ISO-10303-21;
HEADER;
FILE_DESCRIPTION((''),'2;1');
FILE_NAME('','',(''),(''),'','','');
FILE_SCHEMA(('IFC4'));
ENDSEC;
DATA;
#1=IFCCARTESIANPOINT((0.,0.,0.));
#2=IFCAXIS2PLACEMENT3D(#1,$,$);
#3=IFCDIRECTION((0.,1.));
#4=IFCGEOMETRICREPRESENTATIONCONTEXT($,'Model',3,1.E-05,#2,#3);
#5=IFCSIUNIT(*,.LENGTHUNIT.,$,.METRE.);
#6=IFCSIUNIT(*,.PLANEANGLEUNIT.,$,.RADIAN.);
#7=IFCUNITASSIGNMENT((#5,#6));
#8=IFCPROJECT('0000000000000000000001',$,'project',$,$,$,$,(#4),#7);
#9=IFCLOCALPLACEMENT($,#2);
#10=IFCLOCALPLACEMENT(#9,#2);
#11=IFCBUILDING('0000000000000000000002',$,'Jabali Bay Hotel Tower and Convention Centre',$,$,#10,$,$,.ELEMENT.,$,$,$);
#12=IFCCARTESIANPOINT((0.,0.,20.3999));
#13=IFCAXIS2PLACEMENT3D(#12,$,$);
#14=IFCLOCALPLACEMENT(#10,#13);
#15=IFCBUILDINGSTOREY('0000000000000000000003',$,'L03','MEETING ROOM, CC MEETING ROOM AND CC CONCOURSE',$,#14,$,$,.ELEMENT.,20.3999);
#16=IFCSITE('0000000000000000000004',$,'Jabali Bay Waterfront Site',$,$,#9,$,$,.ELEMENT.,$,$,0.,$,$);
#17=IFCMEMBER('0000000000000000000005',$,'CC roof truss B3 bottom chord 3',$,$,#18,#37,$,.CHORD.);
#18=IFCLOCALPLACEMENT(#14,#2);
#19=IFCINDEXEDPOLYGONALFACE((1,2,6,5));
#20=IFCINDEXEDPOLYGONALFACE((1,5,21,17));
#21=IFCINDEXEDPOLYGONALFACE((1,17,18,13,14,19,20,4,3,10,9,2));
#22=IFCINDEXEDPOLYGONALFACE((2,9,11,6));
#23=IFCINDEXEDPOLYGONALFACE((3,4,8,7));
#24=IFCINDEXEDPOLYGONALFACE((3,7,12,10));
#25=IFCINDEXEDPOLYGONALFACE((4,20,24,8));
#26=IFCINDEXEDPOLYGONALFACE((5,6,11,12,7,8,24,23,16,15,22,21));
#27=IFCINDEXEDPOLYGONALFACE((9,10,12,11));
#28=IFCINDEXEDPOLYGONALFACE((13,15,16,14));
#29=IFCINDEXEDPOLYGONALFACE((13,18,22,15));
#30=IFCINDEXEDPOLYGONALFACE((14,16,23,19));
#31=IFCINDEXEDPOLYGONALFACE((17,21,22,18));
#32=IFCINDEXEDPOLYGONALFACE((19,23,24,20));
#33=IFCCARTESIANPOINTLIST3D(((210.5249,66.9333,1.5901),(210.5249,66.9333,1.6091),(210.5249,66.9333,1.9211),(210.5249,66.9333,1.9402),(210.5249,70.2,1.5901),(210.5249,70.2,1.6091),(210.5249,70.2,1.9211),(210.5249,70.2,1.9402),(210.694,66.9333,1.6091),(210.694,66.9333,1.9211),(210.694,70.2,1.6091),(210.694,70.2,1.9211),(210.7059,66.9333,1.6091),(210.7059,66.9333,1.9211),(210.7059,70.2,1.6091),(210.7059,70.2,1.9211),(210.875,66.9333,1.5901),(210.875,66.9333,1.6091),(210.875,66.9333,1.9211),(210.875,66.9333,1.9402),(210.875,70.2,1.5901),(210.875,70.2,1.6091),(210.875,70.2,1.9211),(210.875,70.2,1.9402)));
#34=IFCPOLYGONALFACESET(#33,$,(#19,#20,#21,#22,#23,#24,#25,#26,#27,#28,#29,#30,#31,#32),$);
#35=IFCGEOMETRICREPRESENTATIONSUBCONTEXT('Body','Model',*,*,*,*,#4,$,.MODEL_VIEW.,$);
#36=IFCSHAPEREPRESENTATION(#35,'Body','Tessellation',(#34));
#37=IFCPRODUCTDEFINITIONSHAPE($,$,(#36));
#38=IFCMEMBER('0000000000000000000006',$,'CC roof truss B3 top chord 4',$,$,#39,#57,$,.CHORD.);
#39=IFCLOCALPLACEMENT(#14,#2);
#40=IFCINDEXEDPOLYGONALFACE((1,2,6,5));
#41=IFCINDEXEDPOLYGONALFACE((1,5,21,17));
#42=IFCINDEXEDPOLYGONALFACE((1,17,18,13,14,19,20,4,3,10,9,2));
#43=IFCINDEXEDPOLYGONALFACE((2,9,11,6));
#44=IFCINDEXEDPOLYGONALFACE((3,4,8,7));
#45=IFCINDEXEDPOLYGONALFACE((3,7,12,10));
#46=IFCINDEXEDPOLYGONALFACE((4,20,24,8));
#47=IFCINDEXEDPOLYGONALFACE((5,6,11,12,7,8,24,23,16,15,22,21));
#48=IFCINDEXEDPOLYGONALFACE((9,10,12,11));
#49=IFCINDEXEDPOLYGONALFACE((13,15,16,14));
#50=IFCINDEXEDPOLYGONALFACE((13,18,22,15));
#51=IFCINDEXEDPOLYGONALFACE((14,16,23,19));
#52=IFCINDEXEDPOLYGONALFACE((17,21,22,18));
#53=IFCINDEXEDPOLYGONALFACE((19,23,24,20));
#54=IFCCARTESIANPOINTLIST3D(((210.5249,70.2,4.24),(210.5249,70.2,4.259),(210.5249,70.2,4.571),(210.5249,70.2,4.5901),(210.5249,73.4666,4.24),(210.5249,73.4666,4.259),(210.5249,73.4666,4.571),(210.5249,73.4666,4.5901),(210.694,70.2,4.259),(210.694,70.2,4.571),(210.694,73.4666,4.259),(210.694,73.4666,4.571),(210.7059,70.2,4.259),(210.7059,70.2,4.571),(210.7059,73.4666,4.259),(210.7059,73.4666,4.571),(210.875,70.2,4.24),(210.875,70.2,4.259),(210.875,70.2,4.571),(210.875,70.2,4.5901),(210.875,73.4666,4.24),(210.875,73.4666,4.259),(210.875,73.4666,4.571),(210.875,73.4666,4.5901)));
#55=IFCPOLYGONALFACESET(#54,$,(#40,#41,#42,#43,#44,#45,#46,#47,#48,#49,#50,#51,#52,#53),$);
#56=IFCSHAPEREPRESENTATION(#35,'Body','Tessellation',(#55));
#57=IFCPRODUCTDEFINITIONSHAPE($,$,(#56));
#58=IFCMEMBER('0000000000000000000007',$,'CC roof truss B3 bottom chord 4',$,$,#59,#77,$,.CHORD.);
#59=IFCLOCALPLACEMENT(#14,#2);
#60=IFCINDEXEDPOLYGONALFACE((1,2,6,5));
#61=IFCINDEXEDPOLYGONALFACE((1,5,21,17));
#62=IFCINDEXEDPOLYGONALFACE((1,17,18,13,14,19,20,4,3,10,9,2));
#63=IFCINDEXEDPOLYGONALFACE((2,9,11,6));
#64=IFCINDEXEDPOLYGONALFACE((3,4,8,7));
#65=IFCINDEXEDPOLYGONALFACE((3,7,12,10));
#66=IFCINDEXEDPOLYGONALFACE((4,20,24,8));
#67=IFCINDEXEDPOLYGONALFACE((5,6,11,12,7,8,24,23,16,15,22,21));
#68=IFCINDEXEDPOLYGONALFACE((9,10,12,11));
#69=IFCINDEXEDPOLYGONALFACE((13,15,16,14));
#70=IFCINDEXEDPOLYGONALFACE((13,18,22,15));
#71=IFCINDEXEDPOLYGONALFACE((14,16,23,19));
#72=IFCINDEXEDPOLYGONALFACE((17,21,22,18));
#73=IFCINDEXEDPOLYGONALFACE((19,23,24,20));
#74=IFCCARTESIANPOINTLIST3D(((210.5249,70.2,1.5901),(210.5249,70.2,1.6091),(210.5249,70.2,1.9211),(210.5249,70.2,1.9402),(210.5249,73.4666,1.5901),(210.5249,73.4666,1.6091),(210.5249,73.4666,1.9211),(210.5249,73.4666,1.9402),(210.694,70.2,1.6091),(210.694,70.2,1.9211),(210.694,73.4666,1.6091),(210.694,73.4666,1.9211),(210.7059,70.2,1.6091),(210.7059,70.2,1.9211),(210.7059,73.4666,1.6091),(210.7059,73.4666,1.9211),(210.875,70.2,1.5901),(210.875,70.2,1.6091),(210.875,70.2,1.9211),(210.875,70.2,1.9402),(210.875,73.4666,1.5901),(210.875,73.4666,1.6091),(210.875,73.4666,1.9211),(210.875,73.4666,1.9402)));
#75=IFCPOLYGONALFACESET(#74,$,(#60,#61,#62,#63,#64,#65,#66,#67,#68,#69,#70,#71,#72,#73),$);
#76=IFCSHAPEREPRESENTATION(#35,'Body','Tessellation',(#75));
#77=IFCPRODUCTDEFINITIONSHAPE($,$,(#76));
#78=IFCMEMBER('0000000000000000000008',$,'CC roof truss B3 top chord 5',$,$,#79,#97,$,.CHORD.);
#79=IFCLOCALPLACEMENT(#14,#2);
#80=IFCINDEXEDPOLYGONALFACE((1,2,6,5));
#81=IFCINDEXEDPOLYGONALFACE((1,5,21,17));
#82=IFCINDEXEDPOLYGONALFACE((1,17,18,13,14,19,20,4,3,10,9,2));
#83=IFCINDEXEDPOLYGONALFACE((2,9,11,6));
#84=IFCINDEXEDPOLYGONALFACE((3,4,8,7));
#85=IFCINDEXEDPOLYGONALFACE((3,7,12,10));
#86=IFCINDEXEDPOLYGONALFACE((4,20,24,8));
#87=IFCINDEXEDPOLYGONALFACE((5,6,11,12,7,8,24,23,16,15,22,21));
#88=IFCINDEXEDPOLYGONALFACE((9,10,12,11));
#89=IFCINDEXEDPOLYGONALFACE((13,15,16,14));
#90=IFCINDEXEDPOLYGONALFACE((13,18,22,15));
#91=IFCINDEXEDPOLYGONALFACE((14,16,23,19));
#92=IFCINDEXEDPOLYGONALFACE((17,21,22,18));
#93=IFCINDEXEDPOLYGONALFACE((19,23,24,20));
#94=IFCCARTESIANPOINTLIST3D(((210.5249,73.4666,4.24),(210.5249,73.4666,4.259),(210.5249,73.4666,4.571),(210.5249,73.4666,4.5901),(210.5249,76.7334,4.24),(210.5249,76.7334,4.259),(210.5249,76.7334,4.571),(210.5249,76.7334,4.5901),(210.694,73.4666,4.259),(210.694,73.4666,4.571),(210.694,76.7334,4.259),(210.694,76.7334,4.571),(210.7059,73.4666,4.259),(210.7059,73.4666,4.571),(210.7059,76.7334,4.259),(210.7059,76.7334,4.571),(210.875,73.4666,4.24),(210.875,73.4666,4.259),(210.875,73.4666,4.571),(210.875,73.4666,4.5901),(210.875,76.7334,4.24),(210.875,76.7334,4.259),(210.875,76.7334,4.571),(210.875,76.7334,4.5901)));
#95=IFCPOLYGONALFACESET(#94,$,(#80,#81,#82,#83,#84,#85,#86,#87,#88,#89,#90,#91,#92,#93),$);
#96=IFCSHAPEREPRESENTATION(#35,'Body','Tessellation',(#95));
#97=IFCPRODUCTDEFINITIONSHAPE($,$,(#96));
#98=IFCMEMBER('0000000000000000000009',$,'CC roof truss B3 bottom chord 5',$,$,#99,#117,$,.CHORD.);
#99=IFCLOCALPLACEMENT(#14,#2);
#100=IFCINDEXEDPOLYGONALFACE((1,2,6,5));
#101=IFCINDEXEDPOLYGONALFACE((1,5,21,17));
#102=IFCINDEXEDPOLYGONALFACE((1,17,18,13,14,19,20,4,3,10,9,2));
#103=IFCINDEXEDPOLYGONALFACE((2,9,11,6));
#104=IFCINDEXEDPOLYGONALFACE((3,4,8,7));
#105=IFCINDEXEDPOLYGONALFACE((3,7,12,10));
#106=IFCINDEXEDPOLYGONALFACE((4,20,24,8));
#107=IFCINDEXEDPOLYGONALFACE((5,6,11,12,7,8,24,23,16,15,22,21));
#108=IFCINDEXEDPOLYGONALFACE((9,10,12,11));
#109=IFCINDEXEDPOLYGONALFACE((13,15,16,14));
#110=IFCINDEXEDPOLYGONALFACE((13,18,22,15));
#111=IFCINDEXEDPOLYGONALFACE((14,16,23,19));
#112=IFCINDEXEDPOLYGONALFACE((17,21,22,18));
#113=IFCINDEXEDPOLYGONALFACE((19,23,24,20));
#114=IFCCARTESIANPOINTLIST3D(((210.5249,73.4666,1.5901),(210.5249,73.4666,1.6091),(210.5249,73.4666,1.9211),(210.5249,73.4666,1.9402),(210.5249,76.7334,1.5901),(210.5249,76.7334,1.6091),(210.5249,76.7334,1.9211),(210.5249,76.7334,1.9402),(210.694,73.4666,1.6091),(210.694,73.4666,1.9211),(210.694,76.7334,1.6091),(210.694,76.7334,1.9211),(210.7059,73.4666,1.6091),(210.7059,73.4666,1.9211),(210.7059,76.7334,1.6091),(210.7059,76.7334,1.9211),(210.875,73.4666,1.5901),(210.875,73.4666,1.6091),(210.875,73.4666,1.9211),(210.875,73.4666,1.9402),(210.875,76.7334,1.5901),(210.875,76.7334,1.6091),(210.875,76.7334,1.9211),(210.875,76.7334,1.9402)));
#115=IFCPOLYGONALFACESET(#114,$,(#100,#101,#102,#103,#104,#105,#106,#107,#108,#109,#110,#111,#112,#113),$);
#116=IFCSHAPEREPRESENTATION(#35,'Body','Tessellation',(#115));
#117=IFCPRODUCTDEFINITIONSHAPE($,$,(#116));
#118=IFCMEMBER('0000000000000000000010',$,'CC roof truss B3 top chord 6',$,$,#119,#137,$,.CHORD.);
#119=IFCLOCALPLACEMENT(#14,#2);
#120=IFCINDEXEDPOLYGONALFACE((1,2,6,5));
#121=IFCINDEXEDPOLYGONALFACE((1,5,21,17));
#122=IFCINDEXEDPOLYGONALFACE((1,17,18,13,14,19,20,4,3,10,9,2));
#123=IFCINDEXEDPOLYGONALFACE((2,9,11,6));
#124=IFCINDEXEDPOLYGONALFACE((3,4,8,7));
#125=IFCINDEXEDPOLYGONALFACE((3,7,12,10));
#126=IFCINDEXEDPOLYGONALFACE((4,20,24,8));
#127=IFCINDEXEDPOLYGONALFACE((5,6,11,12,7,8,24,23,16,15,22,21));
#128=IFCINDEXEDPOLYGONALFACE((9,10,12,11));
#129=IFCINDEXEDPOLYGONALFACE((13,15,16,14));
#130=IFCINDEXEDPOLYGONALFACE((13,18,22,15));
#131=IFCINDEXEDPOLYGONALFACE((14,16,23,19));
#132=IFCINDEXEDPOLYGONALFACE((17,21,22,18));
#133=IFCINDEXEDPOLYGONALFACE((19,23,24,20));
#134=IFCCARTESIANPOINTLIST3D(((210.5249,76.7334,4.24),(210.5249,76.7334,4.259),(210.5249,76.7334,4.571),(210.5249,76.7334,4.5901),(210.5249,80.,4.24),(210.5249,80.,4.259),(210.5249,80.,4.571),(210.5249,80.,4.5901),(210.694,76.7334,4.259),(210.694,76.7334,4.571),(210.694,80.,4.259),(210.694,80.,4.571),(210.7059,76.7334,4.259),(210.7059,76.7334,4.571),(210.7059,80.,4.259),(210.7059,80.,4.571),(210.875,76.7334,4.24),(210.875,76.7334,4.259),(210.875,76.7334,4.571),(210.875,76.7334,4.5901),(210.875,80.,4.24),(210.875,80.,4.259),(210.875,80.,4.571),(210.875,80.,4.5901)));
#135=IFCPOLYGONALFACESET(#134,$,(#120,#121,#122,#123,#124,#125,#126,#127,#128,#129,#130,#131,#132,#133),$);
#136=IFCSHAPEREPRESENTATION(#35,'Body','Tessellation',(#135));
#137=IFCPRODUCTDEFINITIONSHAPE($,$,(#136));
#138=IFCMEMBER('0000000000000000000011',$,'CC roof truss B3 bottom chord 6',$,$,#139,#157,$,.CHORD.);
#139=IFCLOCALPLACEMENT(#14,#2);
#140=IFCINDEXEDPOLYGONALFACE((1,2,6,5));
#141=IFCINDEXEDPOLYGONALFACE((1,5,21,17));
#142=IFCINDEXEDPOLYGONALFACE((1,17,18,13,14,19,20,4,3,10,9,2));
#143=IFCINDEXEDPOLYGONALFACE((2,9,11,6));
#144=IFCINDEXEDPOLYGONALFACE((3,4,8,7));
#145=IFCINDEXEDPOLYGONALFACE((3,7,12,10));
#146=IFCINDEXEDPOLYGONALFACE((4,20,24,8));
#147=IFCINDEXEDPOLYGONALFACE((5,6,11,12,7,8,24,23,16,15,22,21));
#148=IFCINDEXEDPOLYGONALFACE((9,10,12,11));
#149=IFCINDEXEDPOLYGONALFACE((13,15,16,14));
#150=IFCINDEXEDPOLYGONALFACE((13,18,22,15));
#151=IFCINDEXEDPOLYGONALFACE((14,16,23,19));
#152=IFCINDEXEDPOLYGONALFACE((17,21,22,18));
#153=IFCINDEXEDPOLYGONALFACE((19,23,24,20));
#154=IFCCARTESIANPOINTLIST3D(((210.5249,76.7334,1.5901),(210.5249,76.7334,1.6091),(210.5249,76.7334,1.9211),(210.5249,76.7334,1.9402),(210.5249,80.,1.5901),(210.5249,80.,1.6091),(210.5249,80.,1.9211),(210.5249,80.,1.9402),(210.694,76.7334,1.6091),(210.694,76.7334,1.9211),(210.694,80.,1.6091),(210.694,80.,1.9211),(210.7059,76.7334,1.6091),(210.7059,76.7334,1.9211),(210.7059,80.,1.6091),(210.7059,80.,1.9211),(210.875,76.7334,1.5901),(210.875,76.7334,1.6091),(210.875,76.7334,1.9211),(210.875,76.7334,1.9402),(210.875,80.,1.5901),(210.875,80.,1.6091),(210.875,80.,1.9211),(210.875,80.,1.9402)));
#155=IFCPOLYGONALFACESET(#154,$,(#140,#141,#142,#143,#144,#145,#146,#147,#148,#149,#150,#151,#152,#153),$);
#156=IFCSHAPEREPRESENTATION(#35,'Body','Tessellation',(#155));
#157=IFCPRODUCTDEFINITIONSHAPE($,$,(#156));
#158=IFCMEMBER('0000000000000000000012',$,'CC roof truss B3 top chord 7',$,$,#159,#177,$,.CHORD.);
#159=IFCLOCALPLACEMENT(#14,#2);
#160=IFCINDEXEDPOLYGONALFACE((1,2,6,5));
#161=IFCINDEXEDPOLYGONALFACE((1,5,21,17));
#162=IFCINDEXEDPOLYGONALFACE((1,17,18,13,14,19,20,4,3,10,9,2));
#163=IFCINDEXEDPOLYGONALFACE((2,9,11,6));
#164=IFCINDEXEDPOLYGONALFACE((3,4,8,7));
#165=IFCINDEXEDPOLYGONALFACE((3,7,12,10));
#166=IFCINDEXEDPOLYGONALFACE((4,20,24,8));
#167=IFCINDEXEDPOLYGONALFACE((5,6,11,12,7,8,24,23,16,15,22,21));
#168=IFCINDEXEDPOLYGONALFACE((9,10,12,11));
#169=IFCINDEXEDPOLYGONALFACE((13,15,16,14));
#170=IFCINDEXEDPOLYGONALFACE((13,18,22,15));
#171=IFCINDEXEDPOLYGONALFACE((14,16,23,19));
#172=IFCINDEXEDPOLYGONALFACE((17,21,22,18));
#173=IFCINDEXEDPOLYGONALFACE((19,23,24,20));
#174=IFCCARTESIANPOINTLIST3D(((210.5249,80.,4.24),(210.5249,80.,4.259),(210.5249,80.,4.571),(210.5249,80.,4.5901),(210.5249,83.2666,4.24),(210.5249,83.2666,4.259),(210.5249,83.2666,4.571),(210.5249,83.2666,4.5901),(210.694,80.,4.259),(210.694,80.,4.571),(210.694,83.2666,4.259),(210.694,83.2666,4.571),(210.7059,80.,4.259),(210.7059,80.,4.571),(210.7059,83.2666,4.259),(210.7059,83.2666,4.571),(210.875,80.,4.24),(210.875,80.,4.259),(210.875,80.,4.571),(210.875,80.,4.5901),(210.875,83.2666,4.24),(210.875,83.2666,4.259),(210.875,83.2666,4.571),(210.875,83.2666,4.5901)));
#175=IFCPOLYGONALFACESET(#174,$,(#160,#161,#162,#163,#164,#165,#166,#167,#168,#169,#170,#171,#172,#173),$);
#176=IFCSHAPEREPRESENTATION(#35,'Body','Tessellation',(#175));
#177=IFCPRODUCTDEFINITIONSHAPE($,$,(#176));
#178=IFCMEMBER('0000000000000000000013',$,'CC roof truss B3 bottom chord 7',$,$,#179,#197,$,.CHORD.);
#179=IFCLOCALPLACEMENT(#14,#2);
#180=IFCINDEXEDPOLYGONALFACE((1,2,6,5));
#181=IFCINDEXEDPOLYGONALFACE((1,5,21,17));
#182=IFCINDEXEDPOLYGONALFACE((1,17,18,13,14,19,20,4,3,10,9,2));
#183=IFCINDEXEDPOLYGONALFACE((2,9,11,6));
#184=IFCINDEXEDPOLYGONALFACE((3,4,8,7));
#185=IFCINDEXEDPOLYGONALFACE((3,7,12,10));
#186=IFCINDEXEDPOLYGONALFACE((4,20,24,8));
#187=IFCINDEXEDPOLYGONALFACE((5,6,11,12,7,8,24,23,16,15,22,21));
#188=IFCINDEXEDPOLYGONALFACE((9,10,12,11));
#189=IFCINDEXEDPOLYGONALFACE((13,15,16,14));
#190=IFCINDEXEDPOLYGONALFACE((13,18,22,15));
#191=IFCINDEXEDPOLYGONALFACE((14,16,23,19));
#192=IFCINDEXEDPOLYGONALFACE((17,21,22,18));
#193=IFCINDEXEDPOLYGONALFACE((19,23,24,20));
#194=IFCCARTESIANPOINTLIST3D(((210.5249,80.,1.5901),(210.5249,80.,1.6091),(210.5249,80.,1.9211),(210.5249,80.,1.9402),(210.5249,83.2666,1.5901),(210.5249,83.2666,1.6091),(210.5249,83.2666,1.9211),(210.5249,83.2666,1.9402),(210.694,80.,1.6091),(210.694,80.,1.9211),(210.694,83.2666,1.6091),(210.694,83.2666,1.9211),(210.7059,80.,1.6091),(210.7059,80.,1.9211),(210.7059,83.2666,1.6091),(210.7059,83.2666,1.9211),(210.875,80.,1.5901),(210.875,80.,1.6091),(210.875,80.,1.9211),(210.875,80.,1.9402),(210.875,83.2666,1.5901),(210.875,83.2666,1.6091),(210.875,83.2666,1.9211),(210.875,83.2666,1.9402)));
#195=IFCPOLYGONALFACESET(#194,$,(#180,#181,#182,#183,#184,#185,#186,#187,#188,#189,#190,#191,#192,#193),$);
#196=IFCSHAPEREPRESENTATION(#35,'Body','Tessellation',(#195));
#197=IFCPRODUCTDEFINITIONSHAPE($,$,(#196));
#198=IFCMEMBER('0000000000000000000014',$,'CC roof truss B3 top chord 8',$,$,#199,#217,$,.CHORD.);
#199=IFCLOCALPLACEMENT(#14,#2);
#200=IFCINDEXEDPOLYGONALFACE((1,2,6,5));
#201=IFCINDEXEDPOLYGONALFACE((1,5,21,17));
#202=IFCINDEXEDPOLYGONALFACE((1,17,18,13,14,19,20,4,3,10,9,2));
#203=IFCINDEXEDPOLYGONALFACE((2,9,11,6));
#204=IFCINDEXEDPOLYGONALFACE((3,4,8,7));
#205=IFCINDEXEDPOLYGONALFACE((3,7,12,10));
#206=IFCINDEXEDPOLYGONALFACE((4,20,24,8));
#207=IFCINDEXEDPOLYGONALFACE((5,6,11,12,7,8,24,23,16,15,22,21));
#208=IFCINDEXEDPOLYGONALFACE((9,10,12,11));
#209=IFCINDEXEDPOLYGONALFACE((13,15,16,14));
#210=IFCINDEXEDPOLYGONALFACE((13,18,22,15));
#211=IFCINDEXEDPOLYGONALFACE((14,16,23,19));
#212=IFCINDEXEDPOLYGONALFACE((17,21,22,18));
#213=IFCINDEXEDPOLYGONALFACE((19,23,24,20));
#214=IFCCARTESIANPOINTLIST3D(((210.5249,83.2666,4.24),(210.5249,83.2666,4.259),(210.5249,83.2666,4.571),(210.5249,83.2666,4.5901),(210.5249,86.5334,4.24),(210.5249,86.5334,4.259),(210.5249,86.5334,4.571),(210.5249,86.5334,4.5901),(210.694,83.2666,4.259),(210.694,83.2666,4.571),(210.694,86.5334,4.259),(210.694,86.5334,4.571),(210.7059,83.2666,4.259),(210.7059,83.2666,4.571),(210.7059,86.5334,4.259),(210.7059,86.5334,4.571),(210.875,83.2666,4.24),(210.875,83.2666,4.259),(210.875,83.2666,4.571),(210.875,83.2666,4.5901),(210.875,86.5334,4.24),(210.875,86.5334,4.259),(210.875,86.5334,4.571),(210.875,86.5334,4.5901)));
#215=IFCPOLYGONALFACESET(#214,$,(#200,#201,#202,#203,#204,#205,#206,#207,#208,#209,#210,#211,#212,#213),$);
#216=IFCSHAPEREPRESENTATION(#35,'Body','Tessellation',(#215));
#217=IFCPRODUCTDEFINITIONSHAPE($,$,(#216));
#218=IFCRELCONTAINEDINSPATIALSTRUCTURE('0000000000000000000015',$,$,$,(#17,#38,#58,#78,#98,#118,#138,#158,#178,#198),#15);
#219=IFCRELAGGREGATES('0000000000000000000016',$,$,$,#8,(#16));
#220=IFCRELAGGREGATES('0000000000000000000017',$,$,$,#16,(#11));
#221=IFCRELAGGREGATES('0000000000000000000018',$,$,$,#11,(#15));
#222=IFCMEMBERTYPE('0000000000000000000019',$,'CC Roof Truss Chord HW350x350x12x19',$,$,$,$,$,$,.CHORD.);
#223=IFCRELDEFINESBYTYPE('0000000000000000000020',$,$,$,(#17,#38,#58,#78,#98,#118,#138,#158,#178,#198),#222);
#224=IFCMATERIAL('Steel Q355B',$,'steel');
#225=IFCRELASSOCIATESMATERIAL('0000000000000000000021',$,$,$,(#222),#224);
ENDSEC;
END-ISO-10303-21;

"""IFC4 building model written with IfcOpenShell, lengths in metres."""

from ifc_helpers import new_model, si_unit, direction, frame, origin, origin_2d, place, context, subcontext, project, spatial, i_section, extrude, material, material_profile, profile_set, type_object, element, save


model = new_model("IFC4")

# Units and contexts
model_context = context("Model", 3, precision=1e-05, world=origin(), true_north=direction((0.0, 1.0)))
body_context = subcontext(model_context, "Body", "Model", "MODEL_VIEW")
ifc_project = project(units=[si_unit("LENGTHUNIT", "METRE"), si_unit("PLANEANGLEUNIT", "RADIAN")], contexts=[model_context])

# Site, building, storey
site_placement = place(None, origin())
site = spatial("IfcSite", under=ifc_project, at=site_placement, Name="Jabali Bay Waterfront Site", CompositionType="ELEMENT", RefElevation=0.0)
building_placement = place(site_placement, origin())
building = spatial("IfcBuilding", under=site, at=building_placement, Name="Jabali Bay Hotel Tower and Convention Centre", CompositionType="ELEMENT")
storey_placement = place(building_placement, frame((0.0, 0.0, 20.3999)))
storey = spatial("IfcBuildingStorey", under=building, at=storey_placement, Name="L03", Description="MEETING ROOM, CC MEETING ROOM AND CC CONCOURSE", CompositionType="ELEMENT", Elevation=20.3999)

# Members
ifc_material = material(Name="Steel Q355B", Category="steel")
ifc_material_profile_1 = material_profile(ifc_material, i_section(OverallWidth=0.3501, OverallDepth=0.3501, WebThickness=0.012, FlangeThickness=0.019, at=origin_2d()), Name="HW350x350x12x19")
ifc_profile_set_1 = profile_set([ifc_material_profile_1], Name="Steel Q355B")
member_type_1 = type_object("IfcMemberType", Name="CC Roof Truss Chord HW350x350x12x19", PredefinedType="CHORD", material=ifc_profile_set_1)
for number, where, z_axis, x_axis, name in (
    (1, (210.7, 66.9333, 1.7651), (0.0, 1.0, 0.0), (-1.0, 0.0, 0.0), "CC roof truss B3 bottom chord 3"),
    (2, (210.7, 70.2, 4.415), (0.0, 1.0, 0.0), (-1.0, 0.0, 0.0), "CC roof truss B3 top chord 4"),
    (3, (210.7, 70.2, 1.7651), (0.0, 1.0, 0.0), (-1.0, 0.0, 0.0), "CC roof truss B3 bottom chord 4"),
):
    element("IfcMember", number, at=place(storey_placement, frame(where, z_axis=z_axis, x_axis=x_axis)), inside=storey, type_object=member_type_1, Name=name, PredefinedType="CHORD", context=body_context, shape_type="SweptSolid", body=[
        extrude(i_section(OverallWidth=0.3501, OverallDepth=0.3501, WebThickness=0.012, FlangeThickness=0.019, at=origin_2d()), origin(), (0.0, 0.0, 1.0), 3.2666),
    ])
for number, where, z_axis, x_axis, name in (
    (4, (210.7, 73.4666, 4.415), (0.0, 1.0, 0.0), (-1.0, 0.0, 0.0), "CC roof truss B3 top chord 5"),
    (5, (210.7, 73.4666, 1.7651), (0.0, 1.0, 0.0), (-1.0, 0.0, 0.0), "CC roof truss B3 bottom chord 5"),
):
    element("IfcMember", number, at=place(storey_placement, frame(where, z_axis=z_axis, x_axis=x_axis)), inside=storey, type_object=member_type_1, Name=name, PredefinedType="CHORD", context=body_context, shape_type="SweptSolid", body=[
        extrude(i_section(OverallWidth=0.3501, OverallDepth=0.3501, WebThickness=0.012, FlangeThickness=0.019, at=origin_2d()), origin(), (0.0, 0.0, 1.0), 3.2668),
    ])
for number, where, z_axis, x_axis, name in (
    (6, (210.7, 76.7334, 4.415), (0.0, 1.0, 0.0), (-1.0, 0.0, 0.0), "CC roof truss B3 top chord 6"),
    (7, (210.7, 76.7334, 1.7651), (0.0, 1.0, 0.0), (-1.0, 0.0, 0.0), "CC roof truss B3 bottom chord 6"),
    (8, (210.7, 80.0, 4.415), (0.0, 1.0, 0.0), (-1.0, 0.0, 0.0), "CC roof truss B3 top chord 7"),
    (9, (210.7, 80.0, 1.7651), (0.0, 1.0, 0.0), (-1.0, 0.0, 0.0), "CC roof truss B3 bottom chord 7"),
):
    element("IfcMember", number, at=place(storey_placement, frame(where, z_axis=z_axis, x_axis=x_axis)), inside=storey, type_object=member_type_1, Name=name, PredefinedType="CHORD", context=body_context, shape_type="SweptSolid", body=[
        extrude(i_section(OverallWidth=0.3501, OverallDepth=0.3501, WebThickness=0.012, FlangeThickness=0.019, at=origin_2d()), origin(), (0.0, 0.0, 1.0), 3.2666),
    ])
for number, where, z_axis, x_axis, name in (
    (10, (210.7, 83.2666, 4.415), (0.0, 1.0, 0.0), (-1.0, 0.0, 0.0), "CC roof truss B3 top chord 8"),
):
    element("IfcMember", number, at=place(storey_placement, frame(where, z_axis=z_axis, x_axis=x_axis)), inside=storey, type_object=member_type_1, Name=name, PredefinedType="CHORD", context=body_context, shape_type="SweptSolid", body=[
        extrude(i_section(OverallWidth=0.3501, OverallDepth=0.3501, WebThickness=0.012, FlangeThickness=0.019, at=origin_2d()), origin(), (0.0, 0.0, 1.0), 3.2668),
    ])

save(model, "model.ifc")
